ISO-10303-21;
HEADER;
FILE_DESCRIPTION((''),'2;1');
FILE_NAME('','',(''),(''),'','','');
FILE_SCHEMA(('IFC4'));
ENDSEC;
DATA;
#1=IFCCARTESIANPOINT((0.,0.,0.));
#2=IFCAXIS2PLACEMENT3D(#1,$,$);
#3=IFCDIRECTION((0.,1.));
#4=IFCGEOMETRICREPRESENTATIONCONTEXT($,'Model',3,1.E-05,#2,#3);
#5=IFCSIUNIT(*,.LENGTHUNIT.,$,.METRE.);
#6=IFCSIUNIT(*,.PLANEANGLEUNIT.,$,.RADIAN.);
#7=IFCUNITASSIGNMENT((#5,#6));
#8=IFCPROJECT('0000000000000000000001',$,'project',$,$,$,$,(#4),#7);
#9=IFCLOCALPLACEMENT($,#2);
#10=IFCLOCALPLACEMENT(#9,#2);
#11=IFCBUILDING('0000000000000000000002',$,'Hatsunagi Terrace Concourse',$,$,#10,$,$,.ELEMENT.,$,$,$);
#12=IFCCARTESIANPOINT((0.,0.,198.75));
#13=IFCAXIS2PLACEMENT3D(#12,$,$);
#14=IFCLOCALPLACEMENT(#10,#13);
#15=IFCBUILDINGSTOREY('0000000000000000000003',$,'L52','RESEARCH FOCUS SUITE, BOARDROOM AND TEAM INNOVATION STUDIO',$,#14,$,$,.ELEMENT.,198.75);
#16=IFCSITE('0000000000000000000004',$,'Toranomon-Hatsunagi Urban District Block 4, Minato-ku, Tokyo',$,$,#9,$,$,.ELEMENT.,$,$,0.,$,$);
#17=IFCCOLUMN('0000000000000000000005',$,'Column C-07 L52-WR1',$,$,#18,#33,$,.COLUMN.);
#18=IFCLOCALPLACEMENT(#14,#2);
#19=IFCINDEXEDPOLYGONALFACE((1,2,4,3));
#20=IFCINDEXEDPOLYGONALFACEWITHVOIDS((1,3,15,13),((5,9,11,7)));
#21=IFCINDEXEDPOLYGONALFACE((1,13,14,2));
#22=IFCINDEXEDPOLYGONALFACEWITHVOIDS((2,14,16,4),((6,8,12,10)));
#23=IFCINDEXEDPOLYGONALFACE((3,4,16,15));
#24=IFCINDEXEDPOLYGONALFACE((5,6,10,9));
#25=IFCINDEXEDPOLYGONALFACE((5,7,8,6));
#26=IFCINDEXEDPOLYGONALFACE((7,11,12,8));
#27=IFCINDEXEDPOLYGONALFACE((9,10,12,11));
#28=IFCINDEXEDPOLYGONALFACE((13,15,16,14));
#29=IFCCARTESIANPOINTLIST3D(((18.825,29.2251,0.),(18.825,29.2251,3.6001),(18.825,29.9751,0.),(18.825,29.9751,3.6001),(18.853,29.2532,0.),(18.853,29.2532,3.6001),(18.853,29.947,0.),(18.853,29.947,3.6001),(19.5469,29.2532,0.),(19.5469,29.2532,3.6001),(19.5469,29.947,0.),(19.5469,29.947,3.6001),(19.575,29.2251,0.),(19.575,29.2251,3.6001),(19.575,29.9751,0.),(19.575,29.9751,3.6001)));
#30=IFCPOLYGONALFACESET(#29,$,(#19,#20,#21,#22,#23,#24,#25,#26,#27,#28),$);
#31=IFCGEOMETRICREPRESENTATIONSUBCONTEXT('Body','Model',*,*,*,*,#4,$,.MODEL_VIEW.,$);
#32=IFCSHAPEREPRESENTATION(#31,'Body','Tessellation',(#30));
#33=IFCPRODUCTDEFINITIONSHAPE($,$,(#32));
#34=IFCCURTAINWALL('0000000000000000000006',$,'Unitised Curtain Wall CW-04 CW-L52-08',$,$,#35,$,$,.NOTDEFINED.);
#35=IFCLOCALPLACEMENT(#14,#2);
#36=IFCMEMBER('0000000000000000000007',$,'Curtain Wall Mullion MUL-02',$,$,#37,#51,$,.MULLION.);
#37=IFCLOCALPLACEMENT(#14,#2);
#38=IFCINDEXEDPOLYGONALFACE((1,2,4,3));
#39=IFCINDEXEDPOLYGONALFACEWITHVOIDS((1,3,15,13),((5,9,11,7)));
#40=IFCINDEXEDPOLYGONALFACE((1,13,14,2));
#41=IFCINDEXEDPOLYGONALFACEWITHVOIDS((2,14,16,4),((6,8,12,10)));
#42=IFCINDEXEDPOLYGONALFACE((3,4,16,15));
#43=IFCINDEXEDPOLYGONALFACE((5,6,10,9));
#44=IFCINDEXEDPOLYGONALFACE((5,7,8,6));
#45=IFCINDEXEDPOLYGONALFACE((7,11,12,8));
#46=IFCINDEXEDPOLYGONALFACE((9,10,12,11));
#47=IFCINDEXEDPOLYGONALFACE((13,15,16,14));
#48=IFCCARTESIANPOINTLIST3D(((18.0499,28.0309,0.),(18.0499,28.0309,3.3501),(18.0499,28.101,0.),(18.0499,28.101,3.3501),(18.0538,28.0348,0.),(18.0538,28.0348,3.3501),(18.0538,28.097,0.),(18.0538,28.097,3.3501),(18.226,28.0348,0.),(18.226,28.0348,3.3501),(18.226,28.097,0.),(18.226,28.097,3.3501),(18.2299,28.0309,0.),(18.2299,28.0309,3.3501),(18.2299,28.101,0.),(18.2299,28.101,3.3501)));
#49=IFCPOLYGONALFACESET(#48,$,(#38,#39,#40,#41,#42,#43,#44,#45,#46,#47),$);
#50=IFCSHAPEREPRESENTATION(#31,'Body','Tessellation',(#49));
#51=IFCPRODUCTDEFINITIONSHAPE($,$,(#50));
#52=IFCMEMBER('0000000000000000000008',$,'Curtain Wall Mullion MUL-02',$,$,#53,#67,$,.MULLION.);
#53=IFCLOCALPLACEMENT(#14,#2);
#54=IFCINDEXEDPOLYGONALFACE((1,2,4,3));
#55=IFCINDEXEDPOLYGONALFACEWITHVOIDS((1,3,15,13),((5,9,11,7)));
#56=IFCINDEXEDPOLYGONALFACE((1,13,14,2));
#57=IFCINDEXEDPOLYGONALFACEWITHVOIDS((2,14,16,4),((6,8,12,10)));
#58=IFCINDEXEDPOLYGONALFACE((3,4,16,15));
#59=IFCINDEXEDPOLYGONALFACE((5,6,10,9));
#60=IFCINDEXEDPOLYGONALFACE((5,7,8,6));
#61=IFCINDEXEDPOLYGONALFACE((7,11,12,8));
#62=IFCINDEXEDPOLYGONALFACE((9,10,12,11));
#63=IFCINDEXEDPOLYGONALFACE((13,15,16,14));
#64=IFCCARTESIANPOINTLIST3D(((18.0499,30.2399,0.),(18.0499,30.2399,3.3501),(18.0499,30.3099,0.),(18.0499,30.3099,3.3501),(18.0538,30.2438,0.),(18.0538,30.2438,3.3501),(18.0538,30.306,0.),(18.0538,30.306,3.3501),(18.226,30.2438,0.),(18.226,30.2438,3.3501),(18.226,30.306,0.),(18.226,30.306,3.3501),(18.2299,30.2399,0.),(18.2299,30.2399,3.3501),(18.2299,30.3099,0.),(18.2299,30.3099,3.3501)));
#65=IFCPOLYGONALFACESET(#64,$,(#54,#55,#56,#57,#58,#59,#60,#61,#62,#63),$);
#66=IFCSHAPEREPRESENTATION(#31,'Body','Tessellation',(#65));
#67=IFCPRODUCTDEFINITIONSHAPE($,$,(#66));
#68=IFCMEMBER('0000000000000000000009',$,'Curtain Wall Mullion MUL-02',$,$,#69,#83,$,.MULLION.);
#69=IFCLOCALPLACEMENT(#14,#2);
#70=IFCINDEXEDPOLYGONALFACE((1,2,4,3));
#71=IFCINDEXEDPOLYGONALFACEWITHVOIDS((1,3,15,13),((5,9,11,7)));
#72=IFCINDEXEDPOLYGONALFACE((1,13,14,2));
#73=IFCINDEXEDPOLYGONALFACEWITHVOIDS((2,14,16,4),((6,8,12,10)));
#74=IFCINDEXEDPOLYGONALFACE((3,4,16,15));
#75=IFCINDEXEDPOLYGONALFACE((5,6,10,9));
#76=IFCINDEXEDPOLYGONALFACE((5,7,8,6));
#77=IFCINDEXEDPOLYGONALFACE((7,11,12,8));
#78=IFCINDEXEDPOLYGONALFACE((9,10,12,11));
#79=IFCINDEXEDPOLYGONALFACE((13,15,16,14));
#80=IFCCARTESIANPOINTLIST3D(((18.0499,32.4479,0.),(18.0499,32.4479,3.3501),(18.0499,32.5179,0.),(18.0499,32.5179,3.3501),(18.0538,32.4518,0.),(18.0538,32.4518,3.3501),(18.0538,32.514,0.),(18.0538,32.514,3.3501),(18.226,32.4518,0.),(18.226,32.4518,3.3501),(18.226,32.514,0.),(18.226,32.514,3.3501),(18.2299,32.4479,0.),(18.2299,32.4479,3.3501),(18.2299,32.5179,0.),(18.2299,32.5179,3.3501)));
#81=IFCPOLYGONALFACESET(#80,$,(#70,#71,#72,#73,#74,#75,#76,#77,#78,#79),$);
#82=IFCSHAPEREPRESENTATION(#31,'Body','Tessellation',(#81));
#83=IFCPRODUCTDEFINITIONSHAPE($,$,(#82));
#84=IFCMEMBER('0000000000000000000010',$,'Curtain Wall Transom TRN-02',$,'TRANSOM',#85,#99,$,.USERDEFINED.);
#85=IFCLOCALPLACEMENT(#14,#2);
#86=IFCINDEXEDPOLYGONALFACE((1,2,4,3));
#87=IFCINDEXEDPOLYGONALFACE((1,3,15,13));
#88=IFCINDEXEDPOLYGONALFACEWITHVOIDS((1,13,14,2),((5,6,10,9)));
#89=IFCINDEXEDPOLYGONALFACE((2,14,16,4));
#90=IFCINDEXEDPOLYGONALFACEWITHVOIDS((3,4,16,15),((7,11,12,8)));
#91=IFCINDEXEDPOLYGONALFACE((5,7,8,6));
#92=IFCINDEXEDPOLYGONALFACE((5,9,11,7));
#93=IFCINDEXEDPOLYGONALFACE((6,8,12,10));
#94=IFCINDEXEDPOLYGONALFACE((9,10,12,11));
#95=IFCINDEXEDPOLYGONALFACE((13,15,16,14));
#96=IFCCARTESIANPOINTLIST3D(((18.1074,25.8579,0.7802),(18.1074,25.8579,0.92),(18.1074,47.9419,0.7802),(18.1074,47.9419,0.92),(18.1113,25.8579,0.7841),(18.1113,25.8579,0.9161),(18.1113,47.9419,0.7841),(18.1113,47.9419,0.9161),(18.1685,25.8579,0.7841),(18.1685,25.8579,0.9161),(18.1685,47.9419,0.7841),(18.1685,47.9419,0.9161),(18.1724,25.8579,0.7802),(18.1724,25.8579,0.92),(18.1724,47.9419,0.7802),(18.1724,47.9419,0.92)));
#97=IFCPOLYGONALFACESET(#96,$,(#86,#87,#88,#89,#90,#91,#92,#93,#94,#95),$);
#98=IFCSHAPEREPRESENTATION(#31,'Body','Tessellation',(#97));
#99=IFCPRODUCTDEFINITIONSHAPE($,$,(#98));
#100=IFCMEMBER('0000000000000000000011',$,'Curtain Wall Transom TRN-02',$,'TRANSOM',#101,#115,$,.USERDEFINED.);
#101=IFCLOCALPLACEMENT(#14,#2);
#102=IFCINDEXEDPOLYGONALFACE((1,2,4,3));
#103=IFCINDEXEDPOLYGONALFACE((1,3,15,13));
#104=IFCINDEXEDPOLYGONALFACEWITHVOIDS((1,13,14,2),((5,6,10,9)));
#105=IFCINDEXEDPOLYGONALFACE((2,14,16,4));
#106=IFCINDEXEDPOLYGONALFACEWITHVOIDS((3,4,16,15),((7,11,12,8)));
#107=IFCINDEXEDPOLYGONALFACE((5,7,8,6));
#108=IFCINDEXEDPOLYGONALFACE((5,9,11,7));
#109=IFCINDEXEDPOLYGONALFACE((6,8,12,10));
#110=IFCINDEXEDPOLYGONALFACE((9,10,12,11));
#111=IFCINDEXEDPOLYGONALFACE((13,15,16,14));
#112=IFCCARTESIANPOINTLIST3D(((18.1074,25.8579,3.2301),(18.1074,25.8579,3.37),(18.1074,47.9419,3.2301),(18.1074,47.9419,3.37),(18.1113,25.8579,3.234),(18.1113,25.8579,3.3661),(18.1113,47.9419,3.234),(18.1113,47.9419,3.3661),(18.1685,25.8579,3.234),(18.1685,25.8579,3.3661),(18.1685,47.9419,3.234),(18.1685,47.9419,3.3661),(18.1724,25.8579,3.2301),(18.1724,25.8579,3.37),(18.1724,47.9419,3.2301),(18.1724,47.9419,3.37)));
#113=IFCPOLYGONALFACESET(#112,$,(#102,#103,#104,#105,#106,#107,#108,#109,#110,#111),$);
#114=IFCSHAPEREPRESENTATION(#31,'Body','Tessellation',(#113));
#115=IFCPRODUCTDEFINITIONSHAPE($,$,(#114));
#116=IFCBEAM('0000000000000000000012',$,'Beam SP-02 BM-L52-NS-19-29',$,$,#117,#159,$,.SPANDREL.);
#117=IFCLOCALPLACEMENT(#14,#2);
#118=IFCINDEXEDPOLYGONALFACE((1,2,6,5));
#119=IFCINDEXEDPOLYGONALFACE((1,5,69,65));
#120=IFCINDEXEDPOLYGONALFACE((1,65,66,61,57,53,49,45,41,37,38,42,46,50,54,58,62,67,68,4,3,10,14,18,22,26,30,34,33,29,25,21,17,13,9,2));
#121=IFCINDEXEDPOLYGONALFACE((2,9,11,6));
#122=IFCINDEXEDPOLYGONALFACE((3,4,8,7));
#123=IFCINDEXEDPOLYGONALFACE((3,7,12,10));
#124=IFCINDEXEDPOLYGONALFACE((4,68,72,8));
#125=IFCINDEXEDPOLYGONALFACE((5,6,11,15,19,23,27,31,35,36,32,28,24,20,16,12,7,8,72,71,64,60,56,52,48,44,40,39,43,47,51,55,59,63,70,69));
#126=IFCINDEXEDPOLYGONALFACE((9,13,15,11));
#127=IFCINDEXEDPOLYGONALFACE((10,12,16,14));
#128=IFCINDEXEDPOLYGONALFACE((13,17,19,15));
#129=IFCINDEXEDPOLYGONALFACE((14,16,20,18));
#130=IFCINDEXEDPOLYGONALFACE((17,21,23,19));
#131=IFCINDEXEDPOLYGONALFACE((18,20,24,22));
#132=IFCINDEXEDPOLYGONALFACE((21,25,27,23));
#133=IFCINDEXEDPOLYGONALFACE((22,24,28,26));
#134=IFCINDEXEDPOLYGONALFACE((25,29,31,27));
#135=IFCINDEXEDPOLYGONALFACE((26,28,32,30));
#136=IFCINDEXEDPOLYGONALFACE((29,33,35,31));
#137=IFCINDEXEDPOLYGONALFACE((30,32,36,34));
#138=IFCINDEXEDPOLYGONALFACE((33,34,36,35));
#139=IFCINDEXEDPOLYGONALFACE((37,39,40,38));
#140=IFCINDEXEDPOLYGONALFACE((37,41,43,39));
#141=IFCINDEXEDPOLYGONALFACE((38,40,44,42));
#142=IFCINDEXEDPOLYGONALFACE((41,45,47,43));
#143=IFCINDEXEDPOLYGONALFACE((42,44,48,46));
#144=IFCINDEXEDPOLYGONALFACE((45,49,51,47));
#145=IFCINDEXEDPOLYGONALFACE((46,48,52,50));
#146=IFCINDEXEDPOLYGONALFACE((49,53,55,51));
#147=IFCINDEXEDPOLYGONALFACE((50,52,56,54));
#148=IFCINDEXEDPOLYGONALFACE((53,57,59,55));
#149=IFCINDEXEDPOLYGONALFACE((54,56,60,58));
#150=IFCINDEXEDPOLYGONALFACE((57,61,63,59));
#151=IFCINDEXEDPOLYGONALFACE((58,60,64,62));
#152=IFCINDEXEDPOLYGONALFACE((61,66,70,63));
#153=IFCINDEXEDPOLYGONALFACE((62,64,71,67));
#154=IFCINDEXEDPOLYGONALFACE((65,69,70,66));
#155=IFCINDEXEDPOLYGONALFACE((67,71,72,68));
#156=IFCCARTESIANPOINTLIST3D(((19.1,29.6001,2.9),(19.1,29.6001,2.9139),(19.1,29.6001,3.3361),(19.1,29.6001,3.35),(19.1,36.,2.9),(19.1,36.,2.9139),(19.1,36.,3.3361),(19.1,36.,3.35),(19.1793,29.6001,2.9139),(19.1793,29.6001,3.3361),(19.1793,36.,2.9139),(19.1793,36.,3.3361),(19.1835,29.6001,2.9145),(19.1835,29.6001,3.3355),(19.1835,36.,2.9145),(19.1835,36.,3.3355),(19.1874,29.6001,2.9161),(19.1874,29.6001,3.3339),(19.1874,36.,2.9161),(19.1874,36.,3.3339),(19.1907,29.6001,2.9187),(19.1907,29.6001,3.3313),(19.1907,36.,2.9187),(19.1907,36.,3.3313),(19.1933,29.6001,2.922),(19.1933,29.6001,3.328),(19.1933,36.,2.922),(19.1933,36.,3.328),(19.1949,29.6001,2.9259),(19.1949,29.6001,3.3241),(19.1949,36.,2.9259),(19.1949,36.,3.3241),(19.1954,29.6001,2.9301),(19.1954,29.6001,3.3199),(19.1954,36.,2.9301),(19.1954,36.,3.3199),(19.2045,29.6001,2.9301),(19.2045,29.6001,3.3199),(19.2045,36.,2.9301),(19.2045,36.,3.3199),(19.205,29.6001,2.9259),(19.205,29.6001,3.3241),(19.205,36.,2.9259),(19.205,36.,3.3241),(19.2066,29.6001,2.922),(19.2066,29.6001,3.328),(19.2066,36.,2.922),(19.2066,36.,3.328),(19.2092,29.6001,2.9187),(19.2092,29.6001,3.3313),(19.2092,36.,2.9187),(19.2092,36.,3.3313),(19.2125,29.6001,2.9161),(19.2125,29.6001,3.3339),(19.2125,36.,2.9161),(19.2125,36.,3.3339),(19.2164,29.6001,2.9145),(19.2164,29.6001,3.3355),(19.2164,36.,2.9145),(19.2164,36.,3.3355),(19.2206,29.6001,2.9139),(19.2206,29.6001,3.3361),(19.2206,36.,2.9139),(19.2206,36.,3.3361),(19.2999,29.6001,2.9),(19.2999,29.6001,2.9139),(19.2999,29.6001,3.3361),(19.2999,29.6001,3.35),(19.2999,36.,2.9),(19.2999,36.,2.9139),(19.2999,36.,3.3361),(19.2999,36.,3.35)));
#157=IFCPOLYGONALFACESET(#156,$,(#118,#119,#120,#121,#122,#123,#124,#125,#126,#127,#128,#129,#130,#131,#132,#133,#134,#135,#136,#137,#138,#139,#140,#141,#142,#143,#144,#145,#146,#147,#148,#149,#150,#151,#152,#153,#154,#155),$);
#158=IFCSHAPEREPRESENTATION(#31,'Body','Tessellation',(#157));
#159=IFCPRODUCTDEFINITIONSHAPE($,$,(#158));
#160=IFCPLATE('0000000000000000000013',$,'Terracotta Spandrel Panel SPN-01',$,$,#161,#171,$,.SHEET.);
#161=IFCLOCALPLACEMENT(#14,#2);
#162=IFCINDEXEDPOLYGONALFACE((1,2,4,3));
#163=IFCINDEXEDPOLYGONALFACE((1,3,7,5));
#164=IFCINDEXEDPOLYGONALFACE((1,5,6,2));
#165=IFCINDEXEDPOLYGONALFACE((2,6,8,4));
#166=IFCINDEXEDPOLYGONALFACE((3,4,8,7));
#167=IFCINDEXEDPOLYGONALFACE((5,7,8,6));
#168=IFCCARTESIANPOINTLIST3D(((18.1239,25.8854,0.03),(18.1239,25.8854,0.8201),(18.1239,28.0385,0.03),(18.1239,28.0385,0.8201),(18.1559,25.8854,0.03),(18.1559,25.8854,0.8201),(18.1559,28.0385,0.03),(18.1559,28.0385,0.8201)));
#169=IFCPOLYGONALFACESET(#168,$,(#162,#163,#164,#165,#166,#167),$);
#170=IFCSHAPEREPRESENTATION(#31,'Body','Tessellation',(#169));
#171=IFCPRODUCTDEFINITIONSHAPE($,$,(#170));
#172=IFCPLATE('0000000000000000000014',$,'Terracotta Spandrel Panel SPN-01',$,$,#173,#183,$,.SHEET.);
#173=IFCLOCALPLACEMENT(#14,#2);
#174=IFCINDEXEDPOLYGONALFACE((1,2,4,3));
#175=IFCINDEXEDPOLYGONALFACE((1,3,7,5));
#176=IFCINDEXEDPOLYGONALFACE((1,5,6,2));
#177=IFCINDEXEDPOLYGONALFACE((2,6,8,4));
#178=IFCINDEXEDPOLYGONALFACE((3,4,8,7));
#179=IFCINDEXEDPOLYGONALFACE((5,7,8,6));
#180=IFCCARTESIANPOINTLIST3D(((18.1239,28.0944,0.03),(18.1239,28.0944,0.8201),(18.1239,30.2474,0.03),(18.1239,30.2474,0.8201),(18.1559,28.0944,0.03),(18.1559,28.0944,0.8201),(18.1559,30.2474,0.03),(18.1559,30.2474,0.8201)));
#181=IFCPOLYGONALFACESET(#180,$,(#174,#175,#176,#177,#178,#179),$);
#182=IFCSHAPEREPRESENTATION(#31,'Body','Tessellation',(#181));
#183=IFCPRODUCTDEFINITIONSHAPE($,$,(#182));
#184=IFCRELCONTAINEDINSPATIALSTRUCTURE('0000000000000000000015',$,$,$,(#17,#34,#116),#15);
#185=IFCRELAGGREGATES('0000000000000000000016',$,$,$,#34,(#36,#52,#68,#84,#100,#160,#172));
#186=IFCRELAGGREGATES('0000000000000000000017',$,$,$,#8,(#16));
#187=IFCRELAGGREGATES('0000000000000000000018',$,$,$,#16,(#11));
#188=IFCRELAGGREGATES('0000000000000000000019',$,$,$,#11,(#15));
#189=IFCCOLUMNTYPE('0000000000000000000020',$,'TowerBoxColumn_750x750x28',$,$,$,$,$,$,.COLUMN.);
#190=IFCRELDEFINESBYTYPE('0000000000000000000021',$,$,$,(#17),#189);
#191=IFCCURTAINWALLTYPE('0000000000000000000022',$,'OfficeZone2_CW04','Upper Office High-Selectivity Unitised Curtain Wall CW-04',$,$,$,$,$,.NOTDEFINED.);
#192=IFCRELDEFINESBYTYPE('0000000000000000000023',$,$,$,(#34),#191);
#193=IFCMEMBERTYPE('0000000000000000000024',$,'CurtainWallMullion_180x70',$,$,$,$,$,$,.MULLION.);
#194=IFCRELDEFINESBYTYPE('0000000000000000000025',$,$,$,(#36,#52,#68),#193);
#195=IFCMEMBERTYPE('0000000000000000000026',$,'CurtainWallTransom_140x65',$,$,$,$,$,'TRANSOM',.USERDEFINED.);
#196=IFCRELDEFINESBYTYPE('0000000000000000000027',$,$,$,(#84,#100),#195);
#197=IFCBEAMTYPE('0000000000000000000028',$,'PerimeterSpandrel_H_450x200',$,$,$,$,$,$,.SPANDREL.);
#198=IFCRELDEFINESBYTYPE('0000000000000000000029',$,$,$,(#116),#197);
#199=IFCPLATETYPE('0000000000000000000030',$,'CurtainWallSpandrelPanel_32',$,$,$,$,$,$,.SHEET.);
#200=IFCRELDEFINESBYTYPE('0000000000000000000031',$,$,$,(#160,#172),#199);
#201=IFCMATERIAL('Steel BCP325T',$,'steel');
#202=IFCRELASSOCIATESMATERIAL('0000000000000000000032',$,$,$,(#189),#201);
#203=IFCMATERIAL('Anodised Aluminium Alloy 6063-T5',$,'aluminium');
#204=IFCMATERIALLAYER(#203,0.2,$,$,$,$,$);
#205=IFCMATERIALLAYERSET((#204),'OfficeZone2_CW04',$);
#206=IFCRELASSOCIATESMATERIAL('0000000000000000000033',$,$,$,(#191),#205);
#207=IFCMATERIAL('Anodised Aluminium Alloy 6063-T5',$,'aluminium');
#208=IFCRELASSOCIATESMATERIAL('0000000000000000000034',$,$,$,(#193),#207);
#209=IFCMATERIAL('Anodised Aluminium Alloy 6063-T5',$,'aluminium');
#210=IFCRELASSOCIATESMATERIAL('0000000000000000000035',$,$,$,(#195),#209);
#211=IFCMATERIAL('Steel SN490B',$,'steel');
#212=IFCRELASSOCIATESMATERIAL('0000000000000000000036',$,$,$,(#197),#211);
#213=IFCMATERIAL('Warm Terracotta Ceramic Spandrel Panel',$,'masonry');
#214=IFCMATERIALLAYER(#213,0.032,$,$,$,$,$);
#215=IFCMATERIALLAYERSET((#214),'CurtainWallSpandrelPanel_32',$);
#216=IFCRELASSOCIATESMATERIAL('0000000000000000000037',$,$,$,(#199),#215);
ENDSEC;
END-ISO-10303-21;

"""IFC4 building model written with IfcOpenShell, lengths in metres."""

from ifc_helpers import new_model, si_unit, direction, frame, origin, origin_2d, place, context, subcontext, project, spatial, rectangle, hollow_rectangle, i_section, extrude, material, layer, layer_set, material_profile, profile_set, type_object, element, aggregate, save


model = new_model("IFC4")

# Units and contexts
model_context = context("Model", 3, precision=1e-05, world=origin(), true_north=direction((0.0, 1.0)))
body_context = subcontext(model_context, "Body", "Model", "MODEL_VIEW")
ifc_project = project(units=[si_unit("LENGTHUNIT", "METRE"), si_unit("PLANEANGLEUNIT", "RADIAN")], contexts=[model_context])

# Site, building, storey
site_placement = place(None, origin())
site = spatial("IfcSite", under=ifc_project, at=site_placement, Name="Toranomon-Hatsunagi Urban District Block 4, Minato-ku, Tokyo", CompositionType="ELEMENT", RefElevation=0.0)
building_placement = place(site_placement, origin())
building = spatial("IfcBuilding", under=site, at=building_placement, Name="Hatsunagi Terrace Concourse", CompositionType="ELEMENT")
storey_placement = place(building_placement, frame((0.0, 0.0, 198.75)))
storey = spatial("IfcBuildingStorey", under=building, at=storey_placement, Name="L52", Description="RESEARCH FOCUS SUITE, BOARDROOM AND TEAM INNOVATION STUDIO", CompositionType="ELEMENT", Elevation=198.75)

# Column
ifc_material_1 = material(Name="Steel BCP325T", Category="steel")
ifc_material_profile_1 = material_profile(ifc_material_1, hollow_rectangle(XDim=0.75, YDim=0.75, WallThickness=0.0281, at=origin_2d()), Name="BCP-750x750x28")
ifc_profile_set_1 = profile_set([ifc_material_profile_1], Name="Steel BCP325T")
column_type = type_object("IfcColumnType", Name="TowerBoxColumn_750x750x28", PredefinedType="COLUMN", material=ifc_profile_set_1)
column_placement = place(storey_placement, frame((19.2, 29.6001, 0.0), z_axis=(0.0, 0.0, 1.0), x_axis=(1.0, 0.0, 0.0)))
element("IfcColumn", 1, at=column_placement, inside=storey, type_object=column_type, Name="Column C-07 L52-WR1", PredefinedType="COLUMN", context=body_context, shape_type="SweptSolid", body=[
    extrude(hollow_rectangle(XDim=0.75, YDim=0.75, WallThickness=0.0281, at=origin_2d()), origin(), (0.0, 0.0, 1.0), 3.6001),
])

# Curtain wall, members
ifc_material_2 = material(Name="Anodised Aluminium Alloy 6063-T5", Category="aluminium")
ifc_layer_1 = layer(ifc_material_2, 0.2)
ifc_layer_set_1 = layer_set([ifc_layer_1], Name="OfficeZone2_CW04")
curtain_wall_type = type_object("IfcCurtainWallType", Name="OfficeZone2_CW04", Description="Upper Office High-Selectivity Unitised Curtain Wall CW-04", PredefinedType="NOTDEFINED", material=ifc_layer_set_1)
curtain_wall_placement = place(storey_placement, origin())
curtain_wall = element("IfcCurtainWall", 2, at=curtain_wall_placement, inside=storey, type_object=curtain_wall_type, Name="Unitised Curtain Wall CW-04 CW-L52-08", PredefinedType="NOTDEFINED")
ifc_material_3 = material(Name="Anodised Aluminium Alloy 6063-T5", Category="aluminium")
ifc_material_profile_2 = material_profile(ifc_material_3, hollow_rectangle(XDim=0.0701, YDim=0.1799, WallThickness=0.0039, at=origin_2d()), Name="ALU-MUL-180x70x4")
ifc_profile_set_2 = profile_set([ifc_material_profile_2], Name="Anodised Aluminium Alloy 6063-T5")
member_type_1 = type_object("IfcMemberType", Name="CurtainWallMullion_180x70", PredefinedType="MULLION", material=ifc_profile_set_2)
member_1_placement = place(storey_placement, frame((18.1399, 28.0659, 0.0), z_axis=(0.0, 0.0, 1.0), x_axis=(0.0, 1.0, 0.0)))
member_1 = element("IfcMember", 3, at=member_1_placement, type_object=member_type_1, Name="Curtain Wall Mullion MUL-02", PredefinedType="MULLION", context=body_context, shape_type="SweptSolid", body=[
    extrude(hollow_rectangle(XDim=0.0701, YDim=0.1799, WallThickness=0.0039, at=origin_2d()), origin(), (0.0, 0.0, 1.0), 3.3501),
])
member_2_placement = place(storey_placement, frame((18.1399, 30.2749, 0.0), z_axis=(0.0, 0.0, 1.0), x_axis=(0.0, 1.0, 0.0)))
member_2 = element("IfcMember", 4, at=member_2_placement, type_object=member_type_1, Name="Curtain Wall Mullion MUL-02", PredefinedType="MULLION", context=body_context, shape_type="SweptSolid", body=[
    extrude(hollow_rectangle(XDim=0.0701, YDim=0.1799, WallThickness=0.0039, at=origin_2d()), origin(), (0.0, 0.0, 1.0), 3.3501),
])
member_3_placement = place(storey_placement, frame((18.1399, 32.4829, 0.0), z_axis=(0.0, 0.0, 1.0), x_axis=(0.0, 1.0, 0.0)))
member_3 = element("IfcMember", 5, at=member_3_placement, type_object=member_type_1, Name="Curtain Wall Mullion MUL-02", PredefinedType="MULLION", context=body_context, shape_type="SweptSolid", body=[
    extrude(hollow_rectangle(XDim=0.0701, YDim=0.1799, WallThickness=0.0039, at=origin_2d()), origin(), (0.0, 0.0, 1.0), 3.3501),
])
ifc_material_4 = material(Name="Anodised Aluminium Alloy 6063-T5", Category="aluminium")
ifc_material_profile_3 = material_profile(ifc_material_4, hollow_rectangle(XDim=0.0649, YDim=0.1399, WallThickness=0.0039, at=origin_2d()), Name="ALU-TRN-140x65x4")
ifc_profile_set_3 = profile_set([ifc_material_profile_3], Name="Anodised Aluminium Alloy 6063-T5")
member_type_2 = type_object("IfcMemberType", Name="CurtainWallTransom_140x65", ElementType="TRANSOM", PredefinedType="USERDEFINED", material=ifc_profile_set_3)
member_4_placement = place(storey_placement, frame((18.1399, 25.8579, 0.8501), z_axis=(0.0, 1.0, 0.0), x_axis=(-1.0, 0.0, 0.0)))
member_4 = element("IfcMember", 6, at=member_4_placement, type_object=member_type_2, Name="Curtain Wall Transom TRN-02", ObjectType="TRANSOM", PredefinedType="USERDEFINED", context=body_context, shape_type="SweptSolid", body=[
    extrude(hollow_rectangle(XDim=0.0649, YDim=0.1399, WallThickness=0.0039, at=origin_2d()), origin(), (0.0, 0.0, 1.0), 22.084),
])
member_5_placement = place(storey_placement, frame((18.1399, 25.8579, 3.3), z_axis=(0.0, 1.0, 0.0), x_axis=(-1.0, 0.0, 0.0)))
member_5 = element("IfcMember", 7, at=member_5_placement, type_object=member_type_2, Name="Curtain Wall Transom TRN-02", ObjectType="TRANSOM", PredefinedType="USERDEFINED", context=body_context, shape_type="SweptSolid", body=[
    extrude(hollow_rectangle(XDim=0.0649, YDim=0.1399, WallThickness=0.0039, at=origin_2d()), origin(), (0.0, 0.0, 1.0), 22.084),
])

# Beam
ifc_material_5 = material(Name="Steel SN490B", Category="steel")
ifc_material_profile_4 = material_profile(ifc_material_5, i_section(OverallWidth=0.2, OverallDepth=0.45, WebThickness=0.009, FlangeThickness=0.0139, FilletRadius=0.0161, at=origin_2d()), Name="H-450x200x9x14")
ifc_profile_set_4 = profile_set([ifc_material_profile_4], Name="Steel SN490B")
beam_type = type_object("IfcBeamType", Name="PerimeterSpandrel_H_450x200", PredefinedType="SPANDREL", material=ifc_profile_set_4)
beam_placement = place(storey_placement, frame((19.2, 29.6001, 3.125), z_axis=(0.0, 1.0, 0.0), x_axis=(-1.0, 0.0, 0.0)))
element("IfcBeam", 8, at=beam_placement, inside=storey, type_object=beam_type, Name="Beam SP-02 BM-L52-NS-19-29", PredefinedType="SPANDREL", context=body_context, shape_type="SweptSolid", body=[
    extrude(i_section(OverallWidth=0.2, OverallDepth=0.45, WebThickness=0.009, FlangeThickness=0.0139, FilletRadius=0.0161, at=origin_2d()), origin(), (0.0, 0.0, 1.0), 6.3999),
])

# Plates
ifc_material_6 = material(Name="Warm Terracotta Ceramic Spandrel Panel", Category="masonry")
ifc_layer_2 = layer(ifc_material_6, 0.032)
ifc_layer_set_2 = layer_set([ifc_layer_2], Name="CurtainWallSpandrelPanel_32")
plate_type_1 = type_object("IfcPlateType", Name="CurtainWallSpandrelPanel_32", PredefinedType="SHEET", material=ifc_layer_set_2)
plate_1_placement = place(storey_placement, frame((18.1399, 26.9619, 0.03), z_axis=(0.0, 0.0, 1.0), x_axis=(0.0, 1.0, 0.0)))
plate_1 = element("IfcPlate", 9, at=plate_1_placement, type_object=plate_type_1, Name="Terracotta Spandrel Panel SPN-01", PredefinedType="SHEET", context=body_context, shape_type="SweptSolid", body=[
    extrude(rectangle(XDim=2.1531, YDim=0.032, at=origin_2d()), origin(), (0.0, 0.0, 1.0), 0.79),
])
plate_2_placement = place(storey_placement, frame((18.1399, 29.1709, 0.03), z_axis=(0.0, 0.0, 1.0), x_axis=(0.0, 1.0, 0.0)))
plate_2 = element("IfcPlate", 10, at=plate_2_placement, type_object=plate_type_1, Name="Terracotta Spandrel Panel SPN-01", PredefinedType="SHEET", context=body_context, shape_type="SweptSolid", body=[
    extrude(rectangle(XDim=2.1531, YDim=0.032, at=origin_2d()), origin(), (0.0, 0.0, 1.0), 0.79),
])
aggregate(curtain_wall, [member_1, member_2, member_3, member_4, member_5, plate_1, plate_2])

save(model, "model.ifc")
